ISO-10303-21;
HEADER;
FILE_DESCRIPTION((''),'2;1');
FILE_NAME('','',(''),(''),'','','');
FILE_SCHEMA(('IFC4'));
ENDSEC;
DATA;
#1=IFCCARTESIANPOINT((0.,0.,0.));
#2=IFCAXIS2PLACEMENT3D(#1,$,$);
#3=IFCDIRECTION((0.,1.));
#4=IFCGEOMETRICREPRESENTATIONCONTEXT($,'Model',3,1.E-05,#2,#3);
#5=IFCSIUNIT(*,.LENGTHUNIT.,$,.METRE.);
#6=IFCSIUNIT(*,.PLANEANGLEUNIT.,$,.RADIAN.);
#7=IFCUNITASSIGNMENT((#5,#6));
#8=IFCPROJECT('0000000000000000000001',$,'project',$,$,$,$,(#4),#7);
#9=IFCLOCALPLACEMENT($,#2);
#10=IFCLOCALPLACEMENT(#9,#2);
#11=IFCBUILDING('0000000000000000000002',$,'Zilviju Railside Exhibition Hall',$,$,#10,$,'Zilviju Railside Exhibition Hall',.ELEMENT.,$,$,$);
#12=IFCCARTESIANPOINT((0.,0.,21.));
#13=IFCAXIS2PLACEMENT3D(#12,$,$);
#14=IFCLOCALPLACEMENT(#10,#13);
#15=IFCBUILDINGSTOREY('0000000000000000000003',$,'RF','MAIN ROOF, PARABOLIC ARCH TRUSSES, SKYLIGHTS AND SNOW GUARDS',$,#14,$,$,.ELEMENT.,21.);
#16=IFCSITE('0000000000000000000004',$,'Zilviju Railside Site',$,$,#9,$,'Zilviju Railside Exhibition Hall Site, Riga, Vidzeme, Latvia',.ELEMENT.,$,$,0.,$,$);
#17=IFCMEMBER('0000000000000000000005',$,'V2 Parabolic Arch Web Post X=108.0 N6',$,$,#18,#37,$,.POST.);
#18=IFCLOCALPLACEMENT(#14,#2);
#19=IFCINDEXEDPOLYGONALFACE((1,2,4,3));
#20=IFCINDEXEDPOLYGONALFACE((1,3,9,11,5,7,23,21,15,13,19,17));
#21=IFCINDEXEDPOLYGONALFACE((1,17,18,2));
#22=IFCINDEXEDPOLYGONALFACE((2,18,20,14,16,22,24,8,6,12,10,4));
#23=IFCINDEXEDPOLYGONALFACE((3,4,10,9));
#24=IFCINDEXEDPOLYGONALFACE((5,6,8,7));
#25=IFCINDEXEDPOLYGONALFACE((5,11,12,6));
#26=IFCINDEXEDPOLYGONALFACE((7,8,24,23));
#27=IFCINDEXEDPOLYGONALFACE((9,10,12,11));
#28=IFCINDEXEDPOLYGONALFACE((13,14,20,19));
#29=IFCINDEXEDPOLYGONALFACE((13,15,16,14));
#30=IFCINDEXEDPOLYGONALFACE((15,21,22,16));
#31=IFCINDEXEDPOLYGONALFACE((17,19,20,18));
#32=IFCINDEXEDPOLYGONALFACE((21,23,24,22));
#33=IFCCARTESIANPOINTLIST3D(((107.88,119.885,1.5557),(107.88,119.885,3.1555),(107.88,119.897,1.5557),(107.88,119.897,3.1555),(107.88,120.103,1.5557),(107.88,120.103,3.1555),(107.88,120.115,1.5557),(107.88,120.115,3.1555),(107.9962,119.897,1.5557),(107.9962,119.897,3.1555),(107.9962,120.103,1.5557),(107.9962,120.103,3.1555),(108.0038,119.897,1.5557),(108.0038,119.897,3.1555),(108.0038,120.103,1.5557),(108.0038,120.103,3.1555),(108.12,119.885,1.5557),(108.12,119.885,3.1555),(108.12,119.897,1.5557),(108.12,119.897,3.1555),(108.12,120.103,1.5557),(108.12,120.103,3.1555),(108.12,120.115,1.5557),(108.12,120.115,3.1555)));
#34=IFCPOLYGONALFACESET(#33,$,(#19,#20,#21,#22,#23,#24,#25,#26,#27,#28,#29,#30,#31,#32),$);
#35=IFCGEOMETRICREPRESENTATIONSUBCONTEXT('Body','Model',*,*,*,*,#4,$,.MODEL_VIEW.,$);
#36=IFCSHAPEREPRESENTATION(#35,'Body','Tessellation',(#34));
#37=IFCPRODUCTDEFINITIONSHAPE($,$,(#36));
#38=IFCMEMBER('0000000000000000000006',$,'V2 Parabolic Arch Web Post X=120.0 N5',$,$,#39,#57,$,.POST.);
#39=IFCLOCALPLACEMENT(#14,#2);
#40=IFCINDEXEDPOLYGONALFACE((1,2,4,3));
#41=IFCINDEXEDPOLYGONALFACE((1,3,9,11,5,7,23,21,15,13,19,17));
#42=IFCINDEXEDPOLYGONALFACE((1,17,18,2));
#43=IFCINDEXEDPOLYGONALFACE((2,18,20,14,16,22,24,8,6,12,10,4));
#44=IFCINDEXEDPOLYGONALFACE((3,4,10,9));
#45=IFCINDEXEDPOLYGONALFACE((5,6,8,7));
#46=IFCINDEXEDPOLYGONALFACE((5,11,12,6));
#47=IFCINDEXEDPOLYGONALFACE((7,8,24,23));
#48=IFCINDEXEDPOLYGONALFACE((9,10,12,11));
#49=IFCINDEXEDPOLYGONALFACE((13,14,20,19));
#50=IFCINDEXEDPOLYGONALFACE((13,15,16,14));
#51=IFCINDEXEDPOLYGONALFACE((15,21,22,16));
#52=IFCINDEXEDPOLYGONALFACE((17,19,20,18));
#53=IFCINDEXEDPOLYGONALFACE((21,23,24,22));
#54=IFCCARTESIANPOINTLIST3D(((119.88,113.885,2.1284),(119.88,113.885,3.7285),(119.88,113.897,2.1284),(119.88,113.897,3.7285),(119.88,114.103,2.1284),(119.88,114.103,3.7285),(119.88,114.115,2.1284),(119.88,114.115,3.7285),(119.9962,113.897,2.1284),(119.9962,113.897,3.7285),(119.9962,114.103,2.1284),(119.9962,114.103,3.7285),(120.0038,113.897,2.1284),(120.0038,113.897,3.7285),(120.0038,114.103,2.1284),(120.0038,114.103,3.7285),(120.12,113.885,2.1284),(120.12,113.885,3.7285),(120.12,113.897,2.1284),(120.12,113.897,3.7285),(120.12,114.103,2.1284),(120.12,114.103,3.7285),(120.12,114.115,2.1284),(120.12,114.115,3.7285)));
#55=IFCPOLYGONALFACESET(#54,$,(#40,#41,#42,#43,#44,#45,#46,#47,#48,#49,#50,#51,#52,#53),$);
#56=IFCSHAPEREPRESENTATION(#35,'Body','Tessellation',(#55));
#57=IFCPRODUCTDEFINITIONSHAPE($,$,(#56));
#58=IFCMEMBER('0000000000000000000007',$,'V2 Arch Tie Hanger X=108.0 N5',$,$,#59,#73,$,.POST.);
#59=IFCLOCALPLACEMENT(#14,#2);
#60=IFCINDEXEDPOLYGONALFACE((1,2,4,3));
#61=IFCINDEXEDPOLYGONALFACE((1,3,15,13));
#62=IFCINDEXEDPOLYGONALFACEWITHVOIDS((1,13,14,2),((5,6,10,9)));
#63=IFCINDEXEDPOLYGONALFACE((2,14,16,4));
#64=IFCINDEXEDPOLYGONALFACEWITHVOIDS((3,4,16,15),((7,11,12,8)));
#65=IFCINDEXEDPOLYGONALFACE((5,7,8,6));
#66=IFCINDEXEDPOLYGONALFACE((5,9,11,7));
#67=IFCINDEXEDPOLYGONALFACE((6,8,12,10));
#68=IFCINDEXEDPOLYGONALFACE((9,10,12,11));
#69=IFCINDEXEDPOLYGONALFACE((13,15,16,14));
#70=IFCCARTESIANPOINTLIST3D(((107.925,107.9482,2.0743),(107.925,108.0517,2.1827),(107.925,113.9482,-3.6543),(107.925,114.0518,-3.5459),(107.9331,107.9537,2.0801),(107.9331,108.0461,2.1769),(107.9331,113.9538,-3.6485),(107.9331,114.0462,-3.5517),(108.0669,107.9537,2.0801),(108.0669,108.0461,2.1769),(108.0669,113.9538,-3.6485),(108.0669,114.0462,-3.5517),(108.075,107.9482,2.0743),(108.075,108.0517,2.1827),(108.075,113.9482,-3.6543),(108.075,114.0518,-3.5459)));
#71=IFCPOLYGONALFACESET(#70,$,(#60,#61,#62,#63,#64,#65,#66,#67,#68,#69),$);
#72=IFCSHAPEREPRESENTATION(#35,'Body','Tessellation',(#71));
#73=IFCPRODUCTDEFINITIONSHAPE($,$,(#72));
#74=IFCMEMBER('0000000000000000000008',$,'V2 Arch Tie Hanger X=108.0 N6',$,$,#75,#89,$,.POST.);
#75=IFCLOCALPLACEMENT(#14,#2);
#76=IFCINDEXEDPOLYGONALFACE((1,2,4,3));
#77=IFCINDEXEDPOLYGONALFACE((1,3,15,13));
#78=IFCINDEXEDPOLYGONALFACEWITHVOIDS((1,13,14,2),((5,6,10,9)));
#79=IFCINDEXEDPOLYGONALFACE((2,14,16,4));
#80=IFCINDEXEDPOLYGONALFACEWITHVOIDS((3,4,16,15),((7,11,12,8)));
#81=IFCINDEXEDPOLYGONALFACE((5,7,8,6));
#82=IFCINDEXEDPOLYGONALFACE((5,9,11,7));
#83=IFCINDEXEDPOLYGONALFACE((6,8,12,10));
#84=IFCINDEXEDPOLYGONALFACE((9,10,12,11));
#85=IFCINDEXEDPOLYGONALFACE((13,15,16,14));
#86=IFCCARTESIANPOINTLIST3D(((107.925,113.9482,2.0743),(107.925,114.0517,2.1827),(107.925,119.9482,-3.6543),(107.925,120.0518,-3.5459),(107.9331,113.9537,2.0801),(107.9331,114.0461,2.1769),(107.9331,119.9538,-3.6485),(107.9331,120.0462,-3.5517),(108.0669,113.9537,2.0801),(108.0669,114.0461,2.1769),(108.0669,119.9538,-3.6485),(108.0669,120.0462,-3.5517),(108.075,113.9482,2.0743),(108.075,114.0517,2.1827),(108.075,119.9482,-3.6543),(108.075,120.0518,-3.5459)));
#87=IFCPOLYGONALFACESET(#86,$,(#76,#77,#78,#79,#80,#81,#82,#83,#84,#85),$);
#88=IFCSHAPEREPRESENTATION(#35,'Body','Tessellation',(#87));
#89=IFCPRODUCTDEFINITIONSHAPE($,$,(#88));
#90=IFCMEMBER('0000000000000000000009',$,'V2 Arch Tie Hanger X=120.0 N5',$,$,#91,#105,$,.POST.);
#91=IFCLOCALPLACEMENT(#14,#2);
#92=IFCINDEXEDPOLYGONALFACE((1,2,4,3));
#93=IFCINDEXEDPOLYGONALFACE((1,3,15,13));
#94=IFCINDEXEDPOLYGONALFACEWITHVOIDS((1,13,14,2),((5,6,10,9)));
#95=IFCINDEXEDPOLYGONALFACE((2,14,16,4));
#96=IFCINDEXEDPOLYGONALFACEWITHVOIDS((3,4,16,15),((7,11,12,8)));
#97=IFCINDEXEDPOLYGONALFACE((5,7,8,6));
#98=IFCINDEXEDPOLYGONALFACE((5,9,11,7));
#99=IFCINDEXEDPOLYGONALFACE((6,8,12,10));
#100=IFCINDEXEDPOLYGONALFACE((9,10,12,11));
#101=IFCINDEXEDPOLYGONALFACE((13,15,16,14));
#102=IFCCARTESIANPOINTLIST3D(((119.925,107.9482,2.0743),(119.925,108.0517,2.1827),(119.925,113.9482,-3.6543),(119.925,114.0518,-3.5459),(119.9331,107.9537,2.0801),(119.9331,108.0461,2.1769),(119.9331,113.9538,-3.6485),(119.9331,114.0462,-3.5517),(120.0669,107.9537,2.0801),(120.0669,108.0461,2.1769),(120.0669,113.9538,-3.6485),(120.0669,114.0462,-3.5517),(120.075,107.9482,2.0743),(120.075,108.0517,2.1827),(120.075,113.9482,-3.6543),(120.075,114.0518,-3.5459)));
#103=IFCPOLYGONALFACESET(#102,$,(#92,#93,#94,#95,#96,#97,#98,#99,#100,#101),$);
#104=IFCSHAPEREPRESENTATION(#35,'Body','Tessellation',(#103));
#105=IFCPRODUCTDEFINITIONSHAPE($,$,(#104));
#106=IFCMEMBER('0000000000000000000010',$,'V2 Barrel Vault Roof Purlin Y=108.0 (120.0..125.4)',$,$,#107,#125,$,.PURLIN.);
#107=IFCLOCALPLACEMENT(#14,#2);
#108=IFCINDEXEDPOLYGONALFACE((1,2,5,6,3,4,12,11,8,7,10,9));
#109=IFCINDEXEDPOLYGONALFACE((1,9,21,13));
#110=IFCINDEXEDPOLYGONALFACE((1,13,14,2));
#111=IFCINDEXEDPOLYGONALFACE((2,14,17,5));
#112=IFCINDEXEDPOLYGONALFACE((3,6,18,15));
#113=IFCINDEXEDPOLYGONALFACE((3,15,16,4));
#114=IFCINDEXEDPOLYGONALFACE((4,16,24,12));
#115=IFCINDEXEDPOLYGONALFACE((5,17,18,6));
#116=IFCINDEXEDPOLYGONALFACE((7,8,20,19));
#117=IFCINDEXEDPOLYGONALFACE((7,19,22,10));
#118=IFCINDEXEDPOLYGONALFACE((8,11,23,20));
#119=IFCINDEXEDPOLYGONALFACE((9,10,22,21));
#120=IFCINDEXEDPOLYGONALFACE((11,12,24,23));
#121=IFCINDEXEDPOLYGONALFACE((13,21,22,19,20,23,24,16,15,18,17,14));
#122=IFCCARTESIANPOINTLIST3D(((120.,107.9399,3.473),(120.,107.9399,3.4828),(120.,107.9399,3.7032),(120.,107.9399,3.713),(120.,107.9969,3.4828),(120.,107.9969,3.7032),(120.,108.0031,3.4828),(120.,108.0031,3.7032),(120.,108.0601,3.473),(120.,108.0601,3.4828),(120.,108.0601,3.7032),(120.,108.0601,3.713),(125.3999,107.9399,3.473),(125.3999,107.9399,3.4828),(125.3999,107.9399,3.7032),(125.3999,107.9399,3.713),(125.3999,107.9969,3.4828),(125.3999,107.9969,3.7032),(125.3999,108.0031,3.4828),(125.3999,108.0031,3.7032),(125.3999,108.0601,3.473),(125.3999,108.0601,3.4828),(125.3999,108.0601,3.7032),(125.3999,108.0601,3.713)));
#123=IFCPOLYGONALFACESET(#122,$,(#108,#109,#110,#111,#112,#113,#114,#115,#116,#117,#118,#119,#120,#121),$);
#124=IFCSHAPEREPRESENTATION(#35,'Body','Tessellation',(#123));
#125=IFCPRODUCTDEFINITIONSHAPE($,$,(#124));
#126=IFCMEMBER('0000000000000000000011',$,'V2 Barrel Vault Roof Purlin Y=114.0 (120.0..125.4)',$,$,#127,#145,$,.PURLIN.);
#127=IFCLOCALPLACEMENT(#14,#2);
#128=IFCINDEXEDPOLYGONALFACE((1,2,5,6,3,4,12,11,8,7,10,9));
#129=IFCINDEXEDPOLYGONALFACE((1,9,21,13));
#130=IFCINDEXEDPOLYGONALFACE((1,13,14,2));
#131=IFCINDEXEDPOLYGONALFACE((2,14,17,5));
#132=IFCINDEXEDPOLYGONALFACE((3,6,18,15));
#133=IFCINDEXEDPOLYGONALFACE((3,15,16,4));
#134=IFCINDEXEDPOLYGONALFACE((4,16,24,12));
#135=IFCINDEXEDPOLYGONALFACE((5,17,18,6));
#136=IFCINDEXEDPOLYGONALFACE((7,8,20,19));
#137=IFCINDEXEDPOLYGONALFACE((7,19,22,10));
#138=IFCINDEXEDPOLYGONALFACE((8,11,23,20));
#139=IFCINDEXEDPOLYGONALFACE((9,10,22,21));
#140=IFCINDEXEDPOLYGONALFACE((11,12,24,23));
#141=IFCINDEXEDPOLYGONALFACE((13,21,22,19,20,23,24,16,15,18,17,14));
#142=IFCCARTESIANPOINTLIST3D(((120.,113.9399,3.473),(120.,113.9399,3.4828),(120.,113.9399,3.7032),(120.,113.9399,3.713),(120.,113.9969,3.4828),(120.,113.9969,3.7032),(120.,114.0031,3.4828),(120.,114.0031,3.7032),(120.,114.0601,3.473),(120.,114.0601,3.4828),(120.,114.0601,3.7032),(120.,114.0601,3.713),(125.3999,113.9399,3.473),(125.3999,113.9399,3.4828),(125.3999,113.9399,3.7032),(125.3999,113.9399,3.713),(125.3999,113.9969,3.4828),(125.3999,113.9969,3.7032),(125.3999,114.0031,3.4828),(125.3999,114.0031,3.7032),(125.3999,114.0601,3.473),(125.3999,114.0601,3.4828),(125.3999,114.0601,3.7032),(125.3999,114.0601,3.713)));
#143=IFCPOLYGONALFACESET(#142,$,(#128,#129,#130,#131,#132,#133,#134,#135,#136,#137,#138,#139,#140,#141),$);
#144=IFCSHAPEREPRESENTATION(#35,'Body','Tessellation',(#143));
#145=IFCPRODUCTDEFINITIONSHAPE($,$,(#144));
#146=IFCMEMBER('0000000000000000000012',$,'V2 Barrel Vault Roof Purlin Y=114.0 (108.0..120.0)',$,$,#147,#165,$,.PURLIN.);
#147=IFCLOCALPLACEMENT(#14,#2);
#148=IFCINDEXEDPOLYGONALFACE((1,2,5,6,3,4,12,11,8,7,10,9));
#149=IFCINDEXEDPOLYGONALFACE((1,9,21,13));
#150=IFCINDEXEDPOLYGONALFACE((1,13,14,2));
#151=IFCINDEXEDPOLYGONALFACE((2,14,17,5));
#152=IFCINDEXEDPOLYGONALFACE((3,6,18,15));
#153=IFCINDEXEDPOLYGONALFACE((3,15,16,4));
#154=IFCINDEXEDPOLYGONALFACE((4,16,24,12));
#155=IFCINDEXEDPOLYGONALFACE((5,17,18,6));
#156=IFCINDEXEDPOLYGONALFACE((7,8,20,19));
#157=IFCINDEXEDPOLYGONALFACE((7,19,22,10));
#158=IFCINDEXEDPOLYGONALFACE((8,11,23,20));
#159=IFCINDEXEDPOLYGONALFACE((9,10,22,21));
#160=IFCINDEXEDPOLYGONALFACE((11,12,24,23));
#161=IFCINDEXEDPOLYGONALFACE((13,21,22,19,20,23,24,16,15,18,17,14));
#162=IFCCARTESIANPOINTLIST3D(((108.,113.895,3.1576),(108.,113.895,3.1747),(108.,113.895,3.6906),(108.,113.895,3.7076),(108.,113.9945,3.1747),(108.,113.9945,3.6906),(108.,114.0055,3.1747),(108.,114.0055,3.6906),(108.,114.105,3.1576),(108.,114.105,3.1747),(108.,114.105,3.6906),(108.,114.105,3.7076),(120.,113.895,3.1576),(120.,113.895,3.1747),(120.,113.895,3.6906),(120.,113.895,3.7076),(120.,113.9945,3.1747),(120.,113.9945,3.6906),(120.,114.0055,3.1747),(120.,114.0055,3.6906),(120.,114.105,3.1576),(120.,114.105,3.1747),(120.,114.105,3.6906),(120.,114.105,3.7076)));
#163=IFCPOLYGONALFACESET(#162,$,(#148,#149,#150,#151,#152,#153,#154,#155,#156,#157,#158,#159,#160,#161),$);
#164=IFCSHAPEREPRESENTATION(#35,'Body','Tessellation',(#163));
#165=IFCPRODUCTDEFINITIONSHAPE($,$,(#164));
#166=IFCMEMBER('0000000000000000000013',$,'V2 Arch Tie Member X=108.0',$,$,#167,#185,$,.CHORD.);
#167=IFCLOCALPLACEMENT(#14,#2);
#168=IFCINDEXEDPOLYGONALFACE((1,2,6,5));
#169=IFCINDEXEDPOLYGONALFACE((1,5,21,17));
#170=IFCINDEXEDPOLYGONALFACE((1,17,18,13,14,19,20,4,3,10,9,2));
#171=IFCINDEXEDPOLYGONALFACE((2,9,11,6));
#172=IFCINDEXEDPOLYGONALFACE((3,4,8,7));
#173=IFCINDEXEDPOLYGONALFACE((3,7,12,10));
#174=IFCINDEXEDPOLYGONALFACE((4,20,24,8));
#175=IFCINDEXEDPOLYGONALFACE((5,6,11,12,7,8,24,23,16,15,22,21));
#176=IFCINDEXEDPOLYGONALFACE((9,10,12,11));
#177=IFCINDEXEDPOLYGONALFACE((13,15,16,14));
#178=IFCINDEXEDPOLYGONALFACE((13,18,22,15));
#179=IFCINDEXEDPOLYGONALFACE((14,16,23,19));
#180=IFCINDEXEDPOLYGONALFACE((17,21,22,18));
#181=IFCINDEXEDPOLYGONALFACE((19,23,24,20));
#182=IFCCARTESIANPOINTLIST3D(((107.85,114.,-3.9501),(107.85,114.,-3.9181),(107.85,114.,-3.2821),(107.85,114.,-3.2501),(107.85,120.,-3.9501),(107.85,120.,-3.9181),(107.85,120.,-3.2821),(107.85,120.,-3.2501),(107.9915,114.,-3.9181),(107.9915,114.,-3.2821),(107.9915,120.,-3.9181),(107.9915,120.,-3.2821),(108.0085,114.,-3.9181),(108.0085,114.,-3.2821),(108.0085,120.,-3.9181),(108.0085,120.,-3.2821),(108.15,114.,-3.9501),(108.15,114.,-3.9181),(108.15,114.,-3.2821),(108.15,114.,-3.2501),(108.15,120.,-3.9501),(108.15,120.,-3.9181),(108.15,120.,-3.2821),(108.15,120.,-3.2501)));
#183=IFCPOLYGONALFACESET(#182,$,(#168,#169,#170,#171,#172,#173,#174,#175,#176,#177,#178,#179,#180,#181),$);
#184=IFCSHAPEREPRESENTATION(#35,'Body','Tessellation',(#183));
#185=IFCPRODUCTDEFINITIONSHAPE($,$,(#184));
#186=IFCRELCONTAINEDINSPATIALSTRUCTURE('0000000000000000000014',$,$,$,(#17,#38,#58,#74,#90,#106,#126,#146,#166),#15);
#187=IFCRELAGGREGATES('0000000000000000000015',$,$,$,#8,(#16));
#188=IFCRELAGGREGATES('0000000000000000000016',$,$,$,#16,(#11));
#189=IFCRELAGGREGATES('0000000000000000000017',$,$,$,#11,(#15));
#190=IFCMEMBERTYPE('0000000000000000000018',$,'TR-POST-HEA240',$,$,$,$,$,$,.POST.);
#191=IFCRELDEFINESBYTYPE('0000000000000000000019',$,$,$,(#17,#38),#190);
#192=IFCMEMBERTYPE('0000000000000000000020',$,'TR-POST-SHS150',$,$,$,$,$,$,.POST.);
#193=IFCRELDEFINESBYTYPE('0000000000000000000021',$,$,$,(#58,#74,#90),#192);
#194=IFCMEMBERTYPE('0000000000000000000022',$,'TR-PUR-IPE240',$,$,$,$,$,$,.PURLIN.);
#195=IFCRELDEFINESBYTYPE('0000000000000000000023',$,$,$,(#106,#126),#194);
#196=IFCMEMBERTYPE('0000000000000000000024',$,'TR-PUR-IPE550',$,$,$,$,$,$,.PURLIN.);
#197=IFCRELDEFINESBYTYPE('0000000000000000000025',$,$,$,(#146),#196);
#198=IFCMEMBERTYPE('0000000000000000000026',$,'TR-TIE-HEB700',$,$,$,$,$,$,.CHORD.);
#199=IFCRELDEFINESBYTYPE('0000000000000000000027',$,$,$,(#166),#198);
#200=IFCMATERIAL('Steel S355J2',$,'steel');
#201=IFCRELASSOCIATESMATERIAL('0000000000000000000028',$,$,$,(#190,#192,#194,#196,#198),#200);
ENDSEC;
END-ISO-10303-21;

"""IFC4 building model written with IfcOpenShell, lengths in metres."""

from ifc_helpers import new_model, si_unit, direction, frame, origin, origin_2d, place, context, subcontext, project, spatial, hollow_rectangle, i_section, extrude, material, material_profile, profile_set, type_object, element, save


model = new_model("IFC4")

# Units and contexts
model_context = context("Model", 3, precision=1e-05, world=origin(), true_north=direction((0.0, 1.0)))
body_context = subcontext(model_context, "Body", "Model", "MODEL_VIEW")
ifc_project = project(units=[si_unit("LENGTHUNIT", "METRE"), si_unit("PLANEANGLEUNIT", "RADIAN")], contexts=[model_context])

# Site, building, storey
site_placement = place(None, origin())
site = spatial("IfcSite", under=ifc_project, at=site_placement, Name="Zilviju Railside Site", LongName="Zilviju Railside Exhibition Hall Site, Riga, Vidzeme, Latvia", CompositionType="ELEMENT", RefElevation=0.0)
building_placement = place(site_placement, origin())
building = spatial("IfcBuilding", under=site, at=building_placement, Name="Zilviju Railside Exhibition Hall", LongName="Zilviju Railside Exhibition Hall", CompositionType="ELEMENT")
storey_placement = place(building_placement, frame((0.0, 0.0, 21.0)))
storey = spatial("IfcBuildingStorey", under=building, at=storey_placement, Name="RF", Description="MAIN ROOF, PARABOLIC ARCH TRUSSES, SKYLIGHTS AND SNOW GUARDS", CompositionType="ELEMENT", Elevation=21.0)

# Members
ifc_material_1 = material(Name="Steel S355J2", Category="steel")
ifc_material_profile_1 = material_profile(ifc_material_1, i_section(OverallWidth=0.24, OverallDepth=0.23, WebThickness=0.0076, FlangeThickness=0.012, at=origin_2d()), Name="HEA 240")
ifc_profile_set_1 = profile_set([ifc_material_profile_1], Name="Steel S355J2")
member_type_1 = type_object("IfcMemberType", Name="TR-POST-HEA240", PredefinedType="POST", material=ifc_profile_set_1)
member_1_placement = place(storey_placement, frame((108.0, 120.0, 1.5557), z_axis=(0.0, 0.0, 1.0), x_axis=(1.0, 0.0, 0.0)))
element("IfcMember", 1, at=member_1_placement, inside=storey, type_object=member_type_1, Name="V2 Parabolic Arch Web Post X=108.0 N6", PredefinedType="POST", context=body_context, shape_type="SweptSolid", body=[
    extrude(i_section(OverallWidth=0.24, OverallDepth=0.23, WebThickness=0.0076, FlangeThickness=0.012, at=origin_2d()), origin(), (0.0, 0.0, 1.0), 1.5999),
])
member_2_placement = place(storey_placement, frame((120.0, 114.0, 2.1284), z_axis=(0.0, 0.0, 1.0), x_axis=(1.0, 0.0, 0.0)))
element("IfcMember", 2, at=member_2_placement, inside=storey, type_object=member_type_1, Name="V2 Parabolic Arch Web Post X=120.0 N5", PredefinedType="POST", context=body_context, shape_type="SweptSolid", body=[
    extrude(i_section(OverallWidth=0.24, OverallDepth=0.23, WebThickness=0.0076, FlangeThickness=0.012, at=origin_2d()), origin(), (0.0, 0.0, 1.0), 1.6001),
])
ifc_material_profile_2 = material_profile(ifc_material_1, hollow_rectangle(XDim=0.1499, YDim=0.1499, WallThickness=0.0081, at=origin_2d()), Name="SHS 150x150x8.0")
ifc_profile_set_2 = profile_set([ifc_material_profile_2], Name="Steel S355J2")
member_type_2 = type_object("IfcMemberType", Name="TR-POST-SHS150", PredefinedType="POST", material=ifc_profile_set_2)
for number, where, z_axis, x_axis, name in (
    (3, (108.0, 114.0, -3.6001), (0.0, -0.723281, 0.690554), (1.0, 0.0, 0.0), "V2 Arch Tie Hanger X=108.0 N5"),
    (4, (108.0, 120.0, -3.6001), (0.0, -0.723281, 0.690554), (1.0, 0.0, 0.0), "V2 Arch Tie Hanger X=108.0 N6"),
    (5, (120.0, 114.0, -3.6001), (0.0, -0.723281, 0.690554), (1.0, 0.0, 0.0), "V2 Arch Tie Hanger X=120.0 N5"),
):
    element("IfcMember", number, at=place(storey_placement, frame(where, z_axis=z_axis, x_axis=x_axis)), inside=storey, type_object=member_type_2, Name=name, PredefinedType="POST", context=body_context, shape_type="SweptSolid", body=[
        extrude(hollow_rectangle(XDim=0.1499, YDim=0.1499, WallThickness=0.0081, at=origin_2d()), origin(), (0.0, 0.0, 1.0), 8.2957),
    ])
ifc_material_profile_3 = material_profile(ifc_material_1, i_section(OverallWidth=0.1201, OverallDepth=0.24, WebThickness=0.0061, FlangeThickness=0.0098, at=origin_2d()), Name="IPE 240")
ifc_profile_set_3 = profile_set([ifc_material_profile_3], Name="Steel S355J2")
member_type_3 = type_object("IfcMemberType", Name="TR-PUR-IPE240", PredefinedType="PURLIN", material=ifc_profile_set_3)
for number, where, z_axis, x_axis, name in (
    (6, (120.0, 108.0, 3.593), (1.0, 0.0, 0.0), (0.0, 1.0, 0.0), "V2 Barrel Vault Roof Purlin Y=108.0 (120.0..125.4)"),
    (7, (120.0, 114.0, 3.593), (1.0, 0.0, 0.0), (0.0, 1.0, 0.0), "V2 Barrel Vault Roof Purlin Y=114.0 (120.0..125.4)"),
):
    element("IfcMember", number, at=place(storey_placement, frame(where, z_axis=z_axis, x_axis=x_axis)), inside=storey, type_object=member_type_3, Name=name, PredefinedType="PURLIN", context=body_context, shape_type="SweptSolid", body=[
        extrude(i_section(OverallWidth=0.1201, OverallDepth=0.24, WebThickness=0.0061, FlangeThickness=0.0098, at=origin_2d()), origin(), (0.0, 0.0, 1.0), 5.3999),
    ])
ifc_material_profile_4 = material_profile(ifc_material_1, i_section(OverallWidth=0.21, OverallDepth=0.55, WebThickness=0.011, FlangeThickness=0.0171, at=origin_2d()), Name="IPE 550")
ifc_profile_set_4 = profile_set([ifc_material_profile_4], Name="Steel S355J2")
member_type_4 = type_object("IfcMemberType", Name="TR-PUR-IPE550", PredefinedType="PURLIN", material=ifc_profile_set_4)
member_3_placement = place(storey_placement, frame((108.0, 114.0, 3.4326), z_axis=(1.0, 0.0, 0.0), x_axis=(0.0, 1.0, 0.0)))
element("IfcMember", 8, at=member_3_placement, inside=storey, type_object=member_type_4, Name="V2 Barrel Vault Roof Purlin Y=114.0 (108.0..120.0)", PredefinedType="PURLIN", context=body_context, shape_type="SweptSolid", body=[
    extrude(i_section(OverallWidth=0.21, OverallDepth=0.55, WebThickness=0.011, FlangeThickness=0.0171, at=origin_2d()), origin(), (0.0, 0.0, 1.0), 12.0),
])
ifc_material_profile_5 = material_profile(ifc_material_1, i_section(OverallWidth=0.3, OverallDepth=0.7, WebThickness=0.0171, FlangeThickness=0.032, at=origin_2d()), Name="HEB 700")
ifc_profile_set_5 = profile_set([ifc_material_profile_5], Name="Steel S355J2")
member_type_5 = type_object("IfcMemberType", Name="TR-TIE-HEB700", PredefinedType="CHORD", material=ifc_profile_set_5)
for number, where, z_axis, x_axis, name in (
    (9, (108.0, 114.0, -3.6001), (0.0, 1.0, 0.0), (-1.0, 0.0, 0.0), "V2 Arch Tie Member X=108.0"),
):
    element("IfcMember", number, at=place(storey_placement, frame(where, z_axis=z_axis, x_axis=x_axis)), inside=storey, type_object=member_type_5, Name=name, PredefinedType="CHORD", context=body_context, shape_type="SweptSolid", body=[
        extrude(i_section(OverallWidth=0.3, OverallDepth=0.7, WebThickness=0.0171, FlangeThickness=0.032, at=origin_2d()), origin(), (0.0, 0.0, 1.0), 6.0),
    ])

save(model, "model.ifc")
